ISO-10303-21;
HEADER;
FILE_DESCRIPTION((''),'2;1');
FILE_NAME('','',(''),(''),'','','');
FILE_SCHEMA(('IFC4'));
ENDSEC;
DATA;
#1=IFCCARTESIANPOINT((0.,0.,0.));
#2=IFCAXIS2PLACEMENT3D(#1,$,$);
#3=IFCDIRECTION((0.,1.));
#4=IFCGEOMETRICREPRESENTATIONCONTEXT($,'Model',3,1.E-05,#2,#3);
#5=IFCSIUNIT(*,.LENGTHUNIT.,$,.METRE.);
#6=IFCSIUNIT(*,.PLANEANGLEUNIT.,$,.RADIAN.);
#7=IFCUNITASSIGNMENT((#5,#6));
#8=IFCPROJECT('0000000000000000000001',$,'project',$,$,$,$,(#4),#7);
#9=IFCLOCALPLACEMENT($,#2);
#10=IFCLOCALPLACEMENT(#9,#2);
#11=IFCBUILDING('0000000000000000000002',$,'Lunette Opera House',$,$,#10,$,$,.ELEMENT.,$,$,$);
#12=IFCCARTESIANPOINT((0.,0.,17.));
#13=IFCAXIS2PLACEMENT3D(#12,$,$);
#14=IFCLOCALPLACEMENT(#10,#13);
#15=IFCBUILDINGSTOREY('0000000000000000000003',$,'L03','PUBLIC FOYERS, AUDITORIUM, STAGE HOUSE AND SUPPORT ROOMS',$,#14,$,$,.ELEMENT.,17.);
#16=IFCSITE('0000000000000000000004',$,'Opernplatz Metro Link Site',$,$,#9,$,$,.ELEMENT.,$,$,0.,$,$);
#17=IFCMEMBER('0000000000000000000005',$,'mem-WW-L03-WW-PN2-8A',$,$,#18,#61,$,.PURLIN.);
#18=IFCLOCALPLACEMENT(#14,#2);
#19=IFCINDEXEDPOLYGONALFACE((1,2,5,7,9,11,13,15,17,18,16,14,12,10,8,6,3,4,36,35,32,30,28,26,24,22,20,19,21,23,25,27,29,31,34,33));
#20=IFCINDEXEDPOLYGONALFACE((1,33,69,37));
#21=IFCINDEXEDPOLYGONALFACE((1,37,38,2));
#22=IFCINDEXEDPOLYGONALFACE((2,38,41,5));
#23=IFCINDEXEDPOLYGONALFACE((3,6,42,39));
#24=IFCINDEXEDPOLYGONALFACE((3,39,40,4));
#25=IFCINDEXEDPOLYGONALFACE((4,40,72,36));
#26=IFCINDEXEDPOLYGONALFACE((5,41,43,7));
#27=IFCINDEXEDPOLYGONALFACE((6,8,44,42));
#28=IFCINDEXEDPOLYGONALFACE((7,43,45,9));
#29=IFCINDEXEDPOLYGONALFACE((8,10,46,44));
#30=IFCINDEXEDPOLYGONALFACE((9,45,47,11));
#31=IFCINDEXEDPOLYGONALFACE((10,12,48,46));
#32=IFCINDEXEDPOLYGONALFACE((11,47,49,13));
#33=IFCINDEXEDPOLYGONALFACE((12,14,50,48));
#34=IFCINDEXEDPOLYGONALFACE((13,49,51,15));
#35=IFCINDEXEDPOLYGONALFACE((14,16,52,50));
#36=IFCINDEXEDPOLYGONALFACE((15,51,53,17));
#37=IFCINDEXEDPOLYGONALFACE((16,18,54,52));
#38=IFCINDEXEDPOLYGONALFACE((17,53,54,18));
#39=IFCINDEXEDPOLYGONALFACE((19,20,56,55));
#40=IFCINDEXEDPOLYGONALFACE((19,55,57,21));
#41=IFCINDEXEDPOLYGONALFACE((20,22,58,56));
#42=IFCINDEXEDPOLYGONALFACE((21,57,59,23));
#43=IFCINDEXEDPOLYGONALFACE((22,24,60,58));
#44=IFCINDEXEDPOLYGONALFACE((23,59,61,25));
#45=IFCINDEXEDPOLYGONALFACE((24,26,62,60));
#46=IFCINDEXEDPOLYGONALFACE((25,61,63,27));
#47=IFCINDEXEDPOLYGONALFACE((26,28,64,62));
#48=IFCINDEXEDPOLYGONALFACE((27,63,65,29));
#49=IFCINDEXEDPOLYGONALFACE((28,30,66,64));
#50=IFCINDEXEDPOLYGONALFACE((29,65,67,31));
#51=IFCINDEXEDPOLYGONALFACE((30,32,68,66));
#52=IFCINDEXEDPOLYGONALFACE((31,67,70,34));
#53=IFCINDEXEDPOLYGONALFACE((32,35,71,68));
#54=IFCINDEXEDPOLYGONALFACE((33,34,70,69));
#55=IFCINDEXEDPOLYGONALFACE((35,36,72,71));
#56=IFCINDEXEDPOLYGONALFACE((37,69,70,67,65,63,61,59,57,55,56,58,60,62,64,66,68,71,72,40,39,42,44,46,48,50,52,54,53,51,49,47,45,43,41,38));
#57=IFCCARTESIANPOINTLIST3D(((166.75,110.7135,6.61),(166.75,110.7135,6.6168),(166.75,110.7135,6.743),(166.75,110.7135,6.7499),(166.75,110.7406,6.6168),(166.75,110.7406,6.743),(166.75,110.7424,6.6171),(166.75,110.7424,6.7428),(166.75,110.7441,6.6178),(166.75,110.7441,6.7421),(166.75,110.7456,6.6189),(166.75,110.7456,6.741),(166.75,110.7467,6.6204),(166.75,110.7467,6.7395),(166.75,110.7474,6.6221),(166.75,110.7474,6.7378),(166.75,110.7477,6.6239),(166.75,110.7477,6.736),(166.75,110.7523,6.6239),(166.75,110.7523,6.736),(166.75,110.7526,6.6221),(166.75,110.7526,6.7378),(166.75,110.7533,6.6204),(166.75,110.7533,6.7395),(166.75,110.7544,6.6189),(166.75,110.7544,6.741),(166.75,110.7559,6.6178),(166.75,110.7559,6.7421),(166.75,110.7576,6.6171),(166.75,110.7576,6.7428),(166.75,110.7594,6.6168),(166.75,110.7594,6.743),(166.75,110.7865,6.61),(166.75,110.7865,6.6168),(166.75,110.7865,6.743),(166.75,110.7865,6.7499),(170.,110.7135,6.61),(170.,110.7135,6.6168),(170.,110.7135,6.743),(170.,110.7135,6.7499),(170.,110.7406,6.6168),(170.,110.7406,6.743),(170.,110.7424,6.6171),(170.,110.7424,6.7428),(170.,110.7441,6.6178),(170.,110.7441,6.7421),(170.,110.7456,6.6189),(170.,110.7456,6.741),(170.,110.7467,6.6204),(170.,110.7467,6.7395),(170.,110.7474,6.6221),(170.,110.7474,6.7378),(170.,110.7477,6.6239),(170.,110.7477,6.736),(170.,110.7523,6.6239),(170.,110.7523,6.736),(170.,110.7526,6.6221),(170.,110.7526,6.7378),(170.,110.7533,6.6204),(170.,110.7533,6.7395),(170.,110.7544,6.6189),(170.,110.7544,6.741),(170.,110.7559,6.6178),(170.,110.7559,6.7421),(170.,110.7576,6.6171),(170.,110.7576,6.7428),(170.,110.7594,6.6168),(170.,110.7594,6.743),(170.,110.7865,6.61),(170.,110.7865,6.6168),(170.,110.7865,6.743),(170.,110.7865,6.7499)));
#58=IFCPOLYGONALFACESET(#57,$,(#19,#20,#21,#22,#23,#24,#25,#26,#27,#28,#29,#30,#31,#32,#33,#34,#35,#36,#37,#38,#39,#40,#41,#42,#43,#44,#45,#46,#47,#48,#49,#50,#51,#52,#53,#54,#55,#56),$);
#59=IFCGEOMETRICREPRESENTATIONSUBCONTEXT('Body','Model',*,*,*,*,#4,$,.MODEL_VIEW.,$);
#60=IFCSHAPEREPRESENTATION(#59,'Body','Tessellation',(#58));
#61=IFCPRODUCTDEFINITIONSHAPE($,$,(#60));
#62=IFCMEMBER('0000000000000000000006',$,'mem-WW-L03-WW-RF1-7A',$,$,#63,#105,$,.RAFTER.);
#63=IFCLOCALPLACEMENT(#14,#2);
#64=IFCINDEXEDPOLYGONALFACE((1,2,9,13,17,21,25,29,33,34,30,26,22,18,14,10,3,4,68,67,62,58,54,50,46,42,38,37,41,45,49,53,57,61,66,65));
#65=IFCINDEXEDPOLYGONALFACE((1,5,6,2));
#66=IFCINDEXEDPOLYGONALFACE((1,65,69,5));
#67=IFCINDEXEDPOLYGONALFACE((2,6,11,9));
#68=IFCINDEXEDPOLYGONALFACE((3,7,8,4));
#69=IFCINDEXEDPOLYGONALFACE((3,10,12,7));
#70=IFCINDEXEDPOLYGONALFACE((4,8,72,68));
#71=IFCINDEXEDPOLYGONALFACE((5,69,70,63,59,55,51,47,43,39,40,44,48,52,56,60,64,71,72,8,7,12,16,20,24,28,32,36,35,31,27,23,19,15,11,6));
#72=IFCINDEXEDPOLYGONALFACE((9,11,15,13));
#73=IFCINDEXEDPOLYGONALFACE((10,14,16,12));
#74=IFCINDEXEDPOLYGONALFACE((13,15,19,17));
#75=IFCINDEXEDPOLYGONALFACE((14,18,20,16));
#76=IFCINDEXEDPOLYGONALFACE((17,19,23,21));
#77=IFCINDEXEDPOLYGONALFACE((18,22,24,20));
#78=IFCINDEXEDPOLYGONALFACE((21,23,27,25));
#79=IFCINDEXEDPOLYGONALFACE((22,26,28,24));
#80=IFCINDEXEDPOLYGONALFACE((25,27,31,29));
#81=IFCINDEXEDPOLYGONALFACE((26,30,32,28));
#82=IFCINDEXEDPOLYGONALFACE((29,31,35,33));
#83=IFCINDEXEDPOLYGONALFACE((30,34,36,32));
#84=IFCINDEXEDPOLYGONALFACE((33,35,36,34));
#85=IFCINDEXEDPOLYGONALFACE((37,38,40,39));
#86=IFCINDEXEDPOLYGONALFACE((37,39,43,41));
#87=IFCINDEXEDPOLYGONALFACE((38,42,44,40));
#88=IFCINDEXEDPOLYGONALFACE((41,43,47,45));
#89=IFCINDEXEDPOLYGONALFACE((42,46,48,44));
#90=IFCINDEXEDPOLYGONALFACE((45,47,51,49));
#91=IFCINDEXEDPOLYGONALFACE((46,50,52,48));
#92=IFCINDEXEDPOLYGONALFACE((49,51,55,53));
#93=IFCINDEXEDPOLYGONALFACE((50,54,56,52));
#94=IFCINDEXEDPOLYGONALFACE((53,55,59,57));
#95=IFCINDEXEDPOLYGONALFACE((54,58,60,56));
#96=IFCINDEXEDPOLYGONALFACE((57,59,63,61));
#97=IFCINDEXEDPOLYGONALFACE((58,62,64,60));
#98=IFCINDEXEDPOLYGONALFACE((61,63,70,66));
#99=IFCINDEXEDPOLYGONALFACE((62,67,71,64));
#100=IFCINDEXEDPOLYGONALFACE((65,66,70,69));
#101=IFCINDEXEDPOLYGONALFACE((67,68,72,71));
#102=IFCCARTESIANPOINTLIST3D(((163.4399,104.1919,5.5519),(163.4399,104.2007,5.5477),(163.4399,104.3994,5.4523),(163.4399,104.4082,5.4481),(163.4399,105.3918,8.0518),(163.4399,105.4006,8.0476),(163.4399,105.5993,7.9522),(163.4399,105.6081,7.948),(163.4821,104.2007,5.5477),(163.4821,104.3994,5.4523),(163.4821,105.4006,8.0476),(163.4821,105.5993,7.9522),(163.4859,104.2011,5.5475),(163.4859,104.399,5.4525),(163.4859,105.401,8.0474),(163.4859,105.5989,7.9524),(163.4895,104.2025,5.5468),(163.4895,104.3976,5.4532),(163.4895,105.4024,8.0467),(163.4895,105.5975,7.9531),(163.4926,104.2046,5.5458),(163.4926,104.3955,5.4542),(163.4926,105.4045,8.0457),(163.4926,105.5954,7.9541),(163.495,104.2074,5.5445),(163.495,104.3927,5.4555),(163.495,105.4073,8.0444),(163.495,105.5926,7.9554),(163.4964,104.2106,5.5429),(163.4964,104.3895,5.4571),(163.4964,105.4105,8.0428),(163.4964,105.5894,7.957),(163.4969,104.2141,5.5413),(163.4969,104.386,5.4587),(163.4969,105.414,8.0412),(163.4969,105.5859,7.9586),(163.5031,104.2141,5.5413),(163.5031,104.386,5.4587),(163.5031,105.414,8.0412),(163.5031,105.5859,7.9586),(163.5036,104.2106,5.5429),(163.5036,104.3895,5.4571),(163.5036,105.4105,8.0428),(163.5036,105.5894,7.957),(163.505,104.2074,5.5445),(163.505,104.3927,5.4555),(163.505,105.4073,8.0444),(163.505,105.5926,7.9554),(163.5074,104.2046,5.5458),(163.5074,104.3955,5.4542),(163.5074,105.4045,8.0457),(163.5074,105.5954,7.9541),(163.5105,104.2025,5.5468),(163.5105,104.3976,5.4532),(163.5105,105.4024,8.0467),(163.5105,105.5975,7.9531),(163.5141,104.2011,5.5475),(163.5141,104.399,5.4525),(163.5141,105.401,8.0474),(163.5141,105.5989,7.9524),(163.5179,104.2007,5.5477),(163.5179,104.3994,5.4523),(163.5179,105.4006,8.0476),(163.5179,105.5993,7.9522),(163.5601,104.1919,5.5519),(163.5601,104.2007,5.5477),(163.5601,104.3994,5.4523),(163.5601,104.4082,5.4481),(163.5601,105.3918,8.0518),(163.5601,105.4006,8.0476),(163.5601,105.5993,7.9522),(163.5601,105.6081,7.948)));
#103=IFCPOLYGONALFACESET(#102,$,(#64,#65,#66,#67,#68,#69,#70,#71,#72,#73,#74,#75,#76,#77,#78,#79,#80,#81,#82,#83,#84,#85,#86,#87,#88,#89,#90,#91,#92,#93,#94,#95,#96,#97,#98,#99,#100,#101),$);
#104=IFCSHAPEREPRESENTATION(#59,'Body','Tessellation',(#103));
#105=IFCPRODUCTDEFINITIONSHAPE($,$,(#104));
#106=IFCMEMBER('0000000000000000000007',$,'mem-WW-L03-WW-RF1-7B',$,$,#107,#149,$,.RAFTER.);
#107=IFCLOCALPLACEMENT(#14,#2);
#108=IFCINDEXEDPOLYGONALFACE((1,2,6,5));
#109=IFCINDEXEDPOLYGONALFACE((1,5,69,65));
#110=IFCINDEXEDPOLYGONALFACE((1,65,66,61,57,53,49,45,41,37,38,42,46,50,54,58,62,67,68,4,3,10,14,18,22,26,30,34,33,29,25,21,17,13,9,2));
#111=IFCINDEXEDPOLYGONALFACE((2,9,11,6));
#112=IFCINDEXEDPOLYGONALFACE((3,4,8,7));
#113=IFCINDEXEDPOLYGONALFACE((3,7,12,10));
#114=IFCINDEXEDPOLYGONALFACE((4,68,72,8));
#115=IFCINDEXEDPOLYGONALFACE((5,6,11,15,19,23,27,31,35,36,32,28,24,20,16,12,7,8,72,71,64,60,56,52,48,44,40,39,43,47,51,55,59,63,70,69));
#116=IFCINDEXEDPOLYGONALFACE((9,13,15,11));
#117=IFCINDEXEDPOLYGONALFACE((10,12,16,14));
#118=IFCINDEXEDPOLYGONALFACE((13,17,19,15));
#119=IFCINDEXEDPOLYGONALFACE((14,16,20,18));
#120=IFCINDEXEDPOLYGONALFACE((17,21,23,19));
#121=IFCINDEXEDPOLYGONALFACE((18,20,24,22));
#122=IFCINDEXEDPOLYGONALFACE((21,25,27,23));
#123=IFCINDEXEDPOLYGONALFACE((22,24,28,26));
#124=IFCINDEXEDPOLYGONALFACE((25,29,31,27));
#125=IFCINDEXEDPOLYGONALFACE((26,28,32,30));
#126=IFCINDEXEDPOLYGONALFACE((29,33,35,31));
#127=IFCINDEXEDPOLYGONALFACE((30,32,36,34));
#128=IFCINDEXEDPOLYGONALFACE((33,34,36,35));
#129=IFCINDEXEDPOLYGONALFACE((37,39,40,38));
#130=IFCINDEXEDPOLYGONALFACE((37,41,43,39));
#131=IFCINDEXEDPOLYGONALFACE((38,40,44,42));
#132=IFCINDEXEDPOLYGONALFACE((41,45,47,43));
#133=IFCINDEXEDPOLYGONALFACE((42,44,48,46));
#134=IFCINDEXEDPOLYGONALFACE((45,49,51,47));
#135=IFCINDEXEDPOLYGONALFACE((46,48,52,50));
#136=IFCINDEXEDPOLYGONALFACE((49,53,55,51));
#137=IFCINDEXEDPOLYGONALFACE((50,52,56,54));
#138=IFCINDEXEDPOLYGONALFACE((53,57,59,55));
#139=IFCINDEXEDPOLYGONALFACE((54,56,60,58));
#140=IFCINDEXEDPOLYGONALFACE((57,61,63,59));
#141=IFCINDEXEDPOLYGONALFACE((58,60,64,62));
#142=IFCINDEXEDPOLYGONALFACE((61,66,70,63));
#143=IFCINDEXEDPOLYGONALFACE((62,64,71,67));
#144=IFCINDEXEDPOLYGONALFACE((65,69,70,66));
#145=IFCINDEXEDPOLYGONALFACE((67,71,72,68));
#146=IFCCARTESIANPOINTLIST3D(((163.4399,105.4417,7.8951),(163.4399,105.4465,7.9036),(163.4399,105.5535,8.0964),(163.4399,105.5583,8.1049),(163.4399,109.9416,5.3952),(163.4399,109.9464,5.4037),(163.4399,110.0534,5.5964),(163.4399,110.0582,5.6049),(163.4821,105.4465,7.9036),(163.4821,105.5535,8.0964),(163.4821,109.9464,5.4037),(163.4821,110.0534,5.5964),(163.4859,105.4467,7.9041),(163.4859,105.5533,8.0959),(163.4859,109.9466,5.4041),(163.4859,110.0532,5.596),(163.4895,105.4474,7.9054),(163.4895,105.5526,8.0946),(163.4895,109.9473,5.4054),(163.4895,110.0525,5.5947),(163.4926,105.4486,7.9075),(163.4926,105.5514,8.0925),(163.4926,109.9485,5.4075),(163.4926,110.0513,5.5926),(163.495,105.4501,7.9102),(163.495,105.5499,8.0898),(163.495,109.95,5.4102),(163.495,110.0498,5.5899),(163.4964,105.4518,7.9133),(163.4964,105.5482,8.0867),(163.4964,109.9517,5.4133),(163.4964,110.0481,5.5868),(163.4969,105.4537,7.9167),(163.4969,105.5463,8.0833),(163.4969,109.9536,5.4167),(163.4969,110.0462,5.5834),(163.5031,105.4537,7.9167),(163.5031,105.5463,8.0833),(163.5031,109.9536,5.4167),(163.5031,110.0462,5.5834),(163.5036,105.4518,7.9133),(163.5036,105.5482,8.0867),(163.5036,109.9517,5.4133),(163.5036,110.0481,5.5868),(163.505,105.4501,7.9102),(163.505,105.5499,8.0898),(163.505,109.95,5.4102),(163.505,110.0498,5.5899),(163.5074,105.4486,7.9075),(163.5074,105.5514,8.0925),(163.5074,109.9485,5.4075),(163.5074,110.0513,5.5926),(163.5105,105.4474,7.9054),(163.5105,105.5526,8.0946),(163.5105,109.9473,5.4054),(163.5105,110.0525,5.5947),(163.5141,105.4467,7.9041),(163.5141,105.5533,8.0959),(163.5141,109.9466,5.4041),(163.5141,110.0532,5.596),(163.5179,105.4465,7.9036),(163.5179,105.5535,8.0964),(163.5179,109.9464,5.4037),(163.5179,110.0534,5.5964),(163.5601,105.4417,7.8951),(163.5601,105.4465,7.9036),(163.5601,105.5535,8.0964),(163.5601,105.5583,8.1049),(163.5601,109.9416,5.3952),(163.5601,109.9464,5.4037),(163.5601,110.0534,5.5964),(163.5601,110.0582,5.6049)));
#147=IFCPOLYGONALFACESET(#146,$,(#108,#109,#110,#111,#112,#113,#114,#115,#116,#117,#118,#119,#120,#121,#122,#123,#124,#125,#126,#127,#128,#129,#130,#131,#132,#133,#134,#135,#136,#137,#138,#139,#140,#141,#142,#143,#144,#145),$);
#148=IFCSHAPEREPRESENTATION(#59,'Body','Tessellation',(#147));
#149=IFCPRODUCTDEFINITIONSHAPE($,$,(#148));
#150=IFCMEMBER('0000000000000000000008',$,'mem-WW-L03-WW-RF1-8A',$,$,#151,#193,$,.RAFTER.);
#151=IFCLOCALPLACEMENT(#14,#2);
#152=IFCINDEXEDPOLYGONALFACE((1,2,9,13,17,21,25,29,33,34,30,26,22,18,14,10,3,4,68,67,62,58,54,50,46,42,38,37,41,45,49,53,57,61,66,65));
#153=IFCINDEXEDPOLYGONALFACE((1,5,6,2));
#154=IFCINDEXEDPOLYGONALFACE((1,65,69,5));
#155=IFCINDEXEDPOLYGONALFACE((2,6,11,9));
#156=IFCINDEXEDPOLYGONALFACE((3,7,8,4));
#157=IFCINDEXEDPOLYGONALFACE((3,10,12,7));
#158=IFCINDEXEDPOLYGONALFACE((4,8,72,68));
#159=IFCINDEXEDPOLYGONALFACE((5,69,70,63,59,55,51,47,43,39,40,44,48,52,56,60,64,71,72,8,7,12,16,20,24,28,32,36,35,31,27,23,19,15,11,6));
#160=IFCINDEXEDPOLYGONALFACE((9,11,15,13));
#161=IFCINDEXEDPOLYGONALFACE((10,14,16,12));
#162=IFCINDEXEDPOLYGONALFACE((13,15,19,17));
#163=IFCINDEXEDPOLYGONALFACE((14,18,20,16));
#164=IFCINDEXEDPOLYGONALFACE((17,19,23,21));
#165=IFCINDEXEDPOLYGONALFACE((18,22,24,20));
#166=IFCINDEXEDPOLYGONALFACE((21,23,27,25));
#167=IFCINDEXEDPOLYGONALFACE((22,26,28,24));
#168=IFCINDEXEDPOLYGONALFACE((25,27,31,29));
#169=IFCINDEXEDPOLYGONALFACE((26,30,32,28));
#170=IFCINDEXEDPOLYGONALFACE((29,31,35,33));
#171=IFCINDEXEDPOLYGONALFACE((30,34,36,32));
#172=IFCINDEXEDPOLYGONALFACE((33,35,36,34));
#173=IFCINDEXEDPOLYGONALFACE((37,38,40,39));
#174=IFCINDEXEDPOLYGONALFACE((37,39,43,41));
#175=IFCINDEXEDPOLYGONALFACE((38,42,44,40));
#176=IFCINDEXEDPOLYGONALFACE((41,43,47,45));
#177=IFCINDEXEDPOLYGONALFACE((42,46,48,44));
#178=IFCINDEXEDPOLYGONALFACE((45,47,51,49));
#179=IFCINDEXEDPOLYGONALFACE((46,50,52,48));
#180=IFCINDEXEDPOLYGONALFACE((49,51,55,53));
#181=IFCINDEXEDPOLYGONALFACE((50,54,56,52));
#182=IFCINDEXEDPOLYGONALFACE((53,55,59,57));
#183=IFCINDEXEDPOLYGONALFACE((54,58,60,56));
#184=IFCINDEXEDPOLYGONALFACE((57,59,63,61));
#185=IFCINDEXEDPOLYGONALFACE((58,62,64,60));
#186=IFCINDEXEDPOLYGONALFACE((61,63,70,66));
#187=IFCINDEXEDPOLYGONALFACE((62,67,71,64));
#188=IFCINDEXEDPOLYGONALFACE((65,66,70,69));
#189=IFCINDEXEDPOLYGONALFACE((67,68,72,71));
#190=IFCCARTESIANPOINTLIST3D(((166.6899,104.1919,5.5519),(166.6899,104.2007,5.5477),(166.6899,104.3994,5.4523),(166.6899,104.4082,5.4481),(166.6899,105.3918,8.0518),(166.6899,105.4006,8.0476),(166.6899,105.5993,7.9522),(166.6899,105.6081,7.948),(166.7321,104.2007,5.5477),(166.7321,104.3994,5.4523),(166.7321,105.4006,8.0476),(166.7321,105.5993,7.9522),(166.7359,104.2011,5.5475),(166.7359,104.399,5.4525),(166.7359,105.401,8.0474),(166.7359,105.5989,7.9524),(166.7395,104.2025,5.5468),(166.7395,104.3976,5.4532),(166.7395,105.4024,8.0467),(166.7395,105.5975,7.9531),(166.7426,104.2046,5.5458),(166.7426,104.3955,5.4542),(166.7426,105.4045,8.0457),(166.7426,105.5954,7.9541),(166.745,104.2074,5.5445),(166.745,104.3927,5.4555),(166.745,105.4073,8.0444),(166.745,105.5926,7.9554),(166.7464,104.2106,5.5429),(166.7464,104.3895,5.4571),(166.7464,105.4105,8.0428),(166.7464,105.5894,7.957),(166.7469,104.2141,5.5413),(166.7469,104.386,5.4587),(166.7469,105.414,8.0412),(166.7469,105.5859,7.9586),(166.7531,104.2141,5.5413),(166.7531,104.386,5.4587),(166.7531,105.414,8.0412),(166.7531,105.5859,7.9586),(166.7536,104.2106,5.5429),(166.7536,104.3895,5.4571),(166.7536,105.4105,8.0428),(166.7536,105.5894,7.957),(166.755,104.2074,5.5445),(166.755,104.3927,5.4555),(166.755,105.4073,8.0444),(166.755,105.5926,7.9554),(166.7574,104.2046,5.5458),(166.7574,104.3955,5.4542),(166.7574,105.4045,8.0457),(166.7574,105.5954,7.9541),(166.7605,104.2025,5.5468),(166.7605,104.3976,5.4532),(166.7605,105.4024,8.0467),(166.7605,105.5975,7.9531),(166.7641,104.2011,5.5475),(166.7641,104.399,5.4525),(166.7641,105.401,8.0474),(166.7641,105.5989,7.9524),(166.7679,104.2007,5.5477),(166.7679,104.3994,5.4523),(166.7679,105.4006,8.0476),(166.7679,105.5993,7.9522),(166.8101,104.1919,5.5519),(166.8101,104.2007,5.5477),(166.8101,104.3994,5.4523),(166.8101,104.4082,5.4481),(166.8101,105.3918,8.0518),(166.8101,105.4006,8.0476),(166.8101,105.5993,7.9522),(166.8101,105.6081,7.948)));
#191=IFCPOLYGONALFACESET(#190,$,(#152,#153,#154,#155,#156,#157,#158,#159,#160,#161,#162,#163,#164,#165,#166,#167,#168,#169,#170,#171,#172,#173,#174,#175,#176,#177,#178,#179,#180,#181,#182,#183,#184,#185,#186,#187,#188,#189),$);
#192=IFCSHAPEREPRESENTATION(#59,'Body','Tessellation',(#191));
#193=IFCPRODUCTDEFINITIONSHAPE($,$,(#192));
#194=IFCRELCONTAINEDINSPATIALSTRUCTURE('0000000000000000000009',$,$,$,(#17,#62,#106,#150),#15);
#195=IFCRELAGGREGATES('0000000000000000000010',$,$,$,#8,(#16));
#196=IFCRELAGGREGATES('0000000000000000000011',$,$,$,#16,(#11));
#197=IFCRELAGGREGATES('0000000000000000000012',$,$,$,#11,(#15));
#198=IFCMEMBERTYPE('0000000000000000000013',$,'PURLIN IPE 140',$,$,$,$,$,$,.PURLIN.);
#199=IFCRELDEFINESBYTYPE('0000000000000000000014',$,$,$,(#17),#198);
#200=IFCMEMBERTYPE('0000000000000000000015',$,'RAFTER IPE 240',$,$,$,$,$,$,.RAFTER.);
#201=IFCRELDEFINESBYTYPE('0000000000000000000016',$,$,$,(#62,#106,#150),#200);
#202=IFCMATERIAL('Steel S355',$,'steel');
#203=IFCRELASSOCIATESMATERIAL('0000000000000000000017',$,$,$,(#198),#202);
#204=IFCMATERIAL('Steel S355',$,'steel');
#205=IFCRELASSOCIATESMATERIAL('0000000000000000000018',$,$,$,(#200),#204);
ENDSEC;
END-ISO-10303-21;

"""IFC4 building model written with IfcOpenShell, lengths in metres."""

from ifc_helpers import new_model, si_unit, direction, frame, origin, origin_2d, place, context, subcontext, project, spatial, i_section, extrude, material, material_profile, profile_set, type_object, element, save


model = new_model("IFC4")

# Units and contexts
model_context = context("Model", 3, precision=1e-05, world=origin(), true_north=direction((0.0, 1.0)))
body_context = subcontext(model_context, "Body", "Model", "MODEL_VIEW")
ifc_project = project(units=[si_unit("LENGTHUNIT", "METRE"), si_unit("PLANEANGLEUNIT", "RADIAN")], contexts=[model_context])

# Site, building, storey
site_placement = place(None, origin())
site = spatial("IfcSite", under=ifc_project, at=site_placement, Name="Opernplatz Metro Link Site", CompositionType="ELEMENT", RefElevation=0.0)
building_placement = place(site_placement, origin())
building = spatial("IfcBuilding", under=site, at=building_placement, Name="Lunette Opera House", CompositionType="ELEMENT")
storey_placement = place(building_placement, frame((0.0, 0.0, 17.0)))
storey = spatial("IfcBuildingStorey", under=building, at=storey_placement, Name="L03", Description="PUBLIC FOYERS, AUDITORIUM, STAGE HOUSE AND SUPPORT ROOMS", CompositionType="ELEMENT", Elevation=17.0)

# Members
ifc_material_1 = material(Name="Steel S355", Category="steel")
ifc_material_profile_1 = material_profile(ifc_material_1, i_section(OverallWidth=0.073, OverallDepth=0.1399, WebThickness=0.0046, FlangeThickness=0.0068, FilletRadius=0.0071, at=origin_2d()), Name="IPE 140")
ifc_profile_set_1 = profile_set([ifc_material_profile_1], Name="Steel S355")
member_type_1 = type_object("IfcMemberType", Name="PURLIN IPE 140", PredefinedType="PURLIN", material=ifc_profile_set_1)
for number, where, z_axis, x_axis, name in (
    (1, (166.75, 110.75, 6.6799), (1.0, 0.0, 0.0), (0.0, 1.0, 0.0), "mem-WW-L03-WW-PN2-8A"),
):
    element("IfcMember", number, at=place(storey_placement, frame(where, z_axis=z_axis, x_axis=x_axis)), inside=storey, type_object=member_type_1, Name=name, PredefinedType="PURLIN", context=body_context, shape_type="SweptSolid", body=[
        extrude(i_section(OverallWidth=0.073, OverallDepth=0.1399, WebThickness=0.0046, FlangeThickness=0.0068, FilletRadius=0.0071, at=origin_2d()), origin(), (0.0, 0.0, 1.0), 3.25),
    ])
ifc_material_2 = material(Name="Steel S355", Category="steel")
ifc_material_profile_2 = material_profile(ifc_material_2, i_section(OverallWidth=0.1201, OverallDepth=0.24, WebThickness=0.0061, FlangeThickness=0.0098, FilletRadius=0.0149, at=origin_2d()), Name="IPE 240")
ifc_profile_set_2 = profile_set([ifc_material_profile_2], Name="Steel S355")
member_type_2 = type_object("IfcMemberType", Name="RAFTER IPE 240", PredefinedType="RAFTER", material=ifc_profile_set_2)
member_1_placement = place(storey_placement, frame((163.5, 104.3, 5.5), z_axis=(0.0, 0.432717, 0.90153), x_axis=(-1.0, 0.0, 0.0)))
element("IfcMember", 2, at=member_1_placement, inside=storey, type_object=member_type_2, Name="mem-WW-L03-WW-RF1-7A", PredefinedType="RAFTER", context=body_context, shape_type="SweptSolid", body=[
    extrude(i_section(OverallWidth=0.1201, OverallDepth=0.24, WebThickness=0.0061, FlangeThickness=0.0098, FilletRadius=0.0149, at=origin_2d()), origin(), (0.0, 0.0, 1.0), 2.7729),
])
member_2_placement = place(storey_placement, frame((163.5, 105.5, 8.0), z_axis=(0.0, 0.874157, -0.485643), x_axis=(-1.0, 0.0, 0.0)))
element("IfcMember", 3, at=member_2_placement, inside=storey, type_object=member_type_2, Name="mem-WW-L03-WW-RF1-7B", PredefinedType="RAFTER", context=body_context, shape_type="SweptSolid", body=[
    extrude(i_section(OverallWidth=0.1201, OverallDepth=0.24, WebThickness=0.0061, FlangeThickness=0.0098, FilletRadius=0.0149, at=origin_2d()), origin(), (0.0, 0.0, 1.0), 5.1477),
])
member_3_placement = place(storey_placement, frame((166.75, 104.3, 5.5), z_axis=(0.0, 0.432717, 0.90153), x_axis=(-1.0, 0.0, 0.0)))
element("IfcMember", 4, at=member_3_placement, inside=storey, type_object=member_type_2, Name="mem-WW-L03-WW-RF1-8A", PredefinedType="RAFTER", context=body_context, shape_type="SweptSolid", body=[
    extrude(i_section(OverallWidth=0.1201, OverallDepth=0.24, WebThickness=0.0061, FlangeThickness=0.0098, FilletRadius=0.0149, at=origin_2d()), origin(), (0.0, 0.0, 1.0), 2.7729),
])

save(model, "model.ifc")
